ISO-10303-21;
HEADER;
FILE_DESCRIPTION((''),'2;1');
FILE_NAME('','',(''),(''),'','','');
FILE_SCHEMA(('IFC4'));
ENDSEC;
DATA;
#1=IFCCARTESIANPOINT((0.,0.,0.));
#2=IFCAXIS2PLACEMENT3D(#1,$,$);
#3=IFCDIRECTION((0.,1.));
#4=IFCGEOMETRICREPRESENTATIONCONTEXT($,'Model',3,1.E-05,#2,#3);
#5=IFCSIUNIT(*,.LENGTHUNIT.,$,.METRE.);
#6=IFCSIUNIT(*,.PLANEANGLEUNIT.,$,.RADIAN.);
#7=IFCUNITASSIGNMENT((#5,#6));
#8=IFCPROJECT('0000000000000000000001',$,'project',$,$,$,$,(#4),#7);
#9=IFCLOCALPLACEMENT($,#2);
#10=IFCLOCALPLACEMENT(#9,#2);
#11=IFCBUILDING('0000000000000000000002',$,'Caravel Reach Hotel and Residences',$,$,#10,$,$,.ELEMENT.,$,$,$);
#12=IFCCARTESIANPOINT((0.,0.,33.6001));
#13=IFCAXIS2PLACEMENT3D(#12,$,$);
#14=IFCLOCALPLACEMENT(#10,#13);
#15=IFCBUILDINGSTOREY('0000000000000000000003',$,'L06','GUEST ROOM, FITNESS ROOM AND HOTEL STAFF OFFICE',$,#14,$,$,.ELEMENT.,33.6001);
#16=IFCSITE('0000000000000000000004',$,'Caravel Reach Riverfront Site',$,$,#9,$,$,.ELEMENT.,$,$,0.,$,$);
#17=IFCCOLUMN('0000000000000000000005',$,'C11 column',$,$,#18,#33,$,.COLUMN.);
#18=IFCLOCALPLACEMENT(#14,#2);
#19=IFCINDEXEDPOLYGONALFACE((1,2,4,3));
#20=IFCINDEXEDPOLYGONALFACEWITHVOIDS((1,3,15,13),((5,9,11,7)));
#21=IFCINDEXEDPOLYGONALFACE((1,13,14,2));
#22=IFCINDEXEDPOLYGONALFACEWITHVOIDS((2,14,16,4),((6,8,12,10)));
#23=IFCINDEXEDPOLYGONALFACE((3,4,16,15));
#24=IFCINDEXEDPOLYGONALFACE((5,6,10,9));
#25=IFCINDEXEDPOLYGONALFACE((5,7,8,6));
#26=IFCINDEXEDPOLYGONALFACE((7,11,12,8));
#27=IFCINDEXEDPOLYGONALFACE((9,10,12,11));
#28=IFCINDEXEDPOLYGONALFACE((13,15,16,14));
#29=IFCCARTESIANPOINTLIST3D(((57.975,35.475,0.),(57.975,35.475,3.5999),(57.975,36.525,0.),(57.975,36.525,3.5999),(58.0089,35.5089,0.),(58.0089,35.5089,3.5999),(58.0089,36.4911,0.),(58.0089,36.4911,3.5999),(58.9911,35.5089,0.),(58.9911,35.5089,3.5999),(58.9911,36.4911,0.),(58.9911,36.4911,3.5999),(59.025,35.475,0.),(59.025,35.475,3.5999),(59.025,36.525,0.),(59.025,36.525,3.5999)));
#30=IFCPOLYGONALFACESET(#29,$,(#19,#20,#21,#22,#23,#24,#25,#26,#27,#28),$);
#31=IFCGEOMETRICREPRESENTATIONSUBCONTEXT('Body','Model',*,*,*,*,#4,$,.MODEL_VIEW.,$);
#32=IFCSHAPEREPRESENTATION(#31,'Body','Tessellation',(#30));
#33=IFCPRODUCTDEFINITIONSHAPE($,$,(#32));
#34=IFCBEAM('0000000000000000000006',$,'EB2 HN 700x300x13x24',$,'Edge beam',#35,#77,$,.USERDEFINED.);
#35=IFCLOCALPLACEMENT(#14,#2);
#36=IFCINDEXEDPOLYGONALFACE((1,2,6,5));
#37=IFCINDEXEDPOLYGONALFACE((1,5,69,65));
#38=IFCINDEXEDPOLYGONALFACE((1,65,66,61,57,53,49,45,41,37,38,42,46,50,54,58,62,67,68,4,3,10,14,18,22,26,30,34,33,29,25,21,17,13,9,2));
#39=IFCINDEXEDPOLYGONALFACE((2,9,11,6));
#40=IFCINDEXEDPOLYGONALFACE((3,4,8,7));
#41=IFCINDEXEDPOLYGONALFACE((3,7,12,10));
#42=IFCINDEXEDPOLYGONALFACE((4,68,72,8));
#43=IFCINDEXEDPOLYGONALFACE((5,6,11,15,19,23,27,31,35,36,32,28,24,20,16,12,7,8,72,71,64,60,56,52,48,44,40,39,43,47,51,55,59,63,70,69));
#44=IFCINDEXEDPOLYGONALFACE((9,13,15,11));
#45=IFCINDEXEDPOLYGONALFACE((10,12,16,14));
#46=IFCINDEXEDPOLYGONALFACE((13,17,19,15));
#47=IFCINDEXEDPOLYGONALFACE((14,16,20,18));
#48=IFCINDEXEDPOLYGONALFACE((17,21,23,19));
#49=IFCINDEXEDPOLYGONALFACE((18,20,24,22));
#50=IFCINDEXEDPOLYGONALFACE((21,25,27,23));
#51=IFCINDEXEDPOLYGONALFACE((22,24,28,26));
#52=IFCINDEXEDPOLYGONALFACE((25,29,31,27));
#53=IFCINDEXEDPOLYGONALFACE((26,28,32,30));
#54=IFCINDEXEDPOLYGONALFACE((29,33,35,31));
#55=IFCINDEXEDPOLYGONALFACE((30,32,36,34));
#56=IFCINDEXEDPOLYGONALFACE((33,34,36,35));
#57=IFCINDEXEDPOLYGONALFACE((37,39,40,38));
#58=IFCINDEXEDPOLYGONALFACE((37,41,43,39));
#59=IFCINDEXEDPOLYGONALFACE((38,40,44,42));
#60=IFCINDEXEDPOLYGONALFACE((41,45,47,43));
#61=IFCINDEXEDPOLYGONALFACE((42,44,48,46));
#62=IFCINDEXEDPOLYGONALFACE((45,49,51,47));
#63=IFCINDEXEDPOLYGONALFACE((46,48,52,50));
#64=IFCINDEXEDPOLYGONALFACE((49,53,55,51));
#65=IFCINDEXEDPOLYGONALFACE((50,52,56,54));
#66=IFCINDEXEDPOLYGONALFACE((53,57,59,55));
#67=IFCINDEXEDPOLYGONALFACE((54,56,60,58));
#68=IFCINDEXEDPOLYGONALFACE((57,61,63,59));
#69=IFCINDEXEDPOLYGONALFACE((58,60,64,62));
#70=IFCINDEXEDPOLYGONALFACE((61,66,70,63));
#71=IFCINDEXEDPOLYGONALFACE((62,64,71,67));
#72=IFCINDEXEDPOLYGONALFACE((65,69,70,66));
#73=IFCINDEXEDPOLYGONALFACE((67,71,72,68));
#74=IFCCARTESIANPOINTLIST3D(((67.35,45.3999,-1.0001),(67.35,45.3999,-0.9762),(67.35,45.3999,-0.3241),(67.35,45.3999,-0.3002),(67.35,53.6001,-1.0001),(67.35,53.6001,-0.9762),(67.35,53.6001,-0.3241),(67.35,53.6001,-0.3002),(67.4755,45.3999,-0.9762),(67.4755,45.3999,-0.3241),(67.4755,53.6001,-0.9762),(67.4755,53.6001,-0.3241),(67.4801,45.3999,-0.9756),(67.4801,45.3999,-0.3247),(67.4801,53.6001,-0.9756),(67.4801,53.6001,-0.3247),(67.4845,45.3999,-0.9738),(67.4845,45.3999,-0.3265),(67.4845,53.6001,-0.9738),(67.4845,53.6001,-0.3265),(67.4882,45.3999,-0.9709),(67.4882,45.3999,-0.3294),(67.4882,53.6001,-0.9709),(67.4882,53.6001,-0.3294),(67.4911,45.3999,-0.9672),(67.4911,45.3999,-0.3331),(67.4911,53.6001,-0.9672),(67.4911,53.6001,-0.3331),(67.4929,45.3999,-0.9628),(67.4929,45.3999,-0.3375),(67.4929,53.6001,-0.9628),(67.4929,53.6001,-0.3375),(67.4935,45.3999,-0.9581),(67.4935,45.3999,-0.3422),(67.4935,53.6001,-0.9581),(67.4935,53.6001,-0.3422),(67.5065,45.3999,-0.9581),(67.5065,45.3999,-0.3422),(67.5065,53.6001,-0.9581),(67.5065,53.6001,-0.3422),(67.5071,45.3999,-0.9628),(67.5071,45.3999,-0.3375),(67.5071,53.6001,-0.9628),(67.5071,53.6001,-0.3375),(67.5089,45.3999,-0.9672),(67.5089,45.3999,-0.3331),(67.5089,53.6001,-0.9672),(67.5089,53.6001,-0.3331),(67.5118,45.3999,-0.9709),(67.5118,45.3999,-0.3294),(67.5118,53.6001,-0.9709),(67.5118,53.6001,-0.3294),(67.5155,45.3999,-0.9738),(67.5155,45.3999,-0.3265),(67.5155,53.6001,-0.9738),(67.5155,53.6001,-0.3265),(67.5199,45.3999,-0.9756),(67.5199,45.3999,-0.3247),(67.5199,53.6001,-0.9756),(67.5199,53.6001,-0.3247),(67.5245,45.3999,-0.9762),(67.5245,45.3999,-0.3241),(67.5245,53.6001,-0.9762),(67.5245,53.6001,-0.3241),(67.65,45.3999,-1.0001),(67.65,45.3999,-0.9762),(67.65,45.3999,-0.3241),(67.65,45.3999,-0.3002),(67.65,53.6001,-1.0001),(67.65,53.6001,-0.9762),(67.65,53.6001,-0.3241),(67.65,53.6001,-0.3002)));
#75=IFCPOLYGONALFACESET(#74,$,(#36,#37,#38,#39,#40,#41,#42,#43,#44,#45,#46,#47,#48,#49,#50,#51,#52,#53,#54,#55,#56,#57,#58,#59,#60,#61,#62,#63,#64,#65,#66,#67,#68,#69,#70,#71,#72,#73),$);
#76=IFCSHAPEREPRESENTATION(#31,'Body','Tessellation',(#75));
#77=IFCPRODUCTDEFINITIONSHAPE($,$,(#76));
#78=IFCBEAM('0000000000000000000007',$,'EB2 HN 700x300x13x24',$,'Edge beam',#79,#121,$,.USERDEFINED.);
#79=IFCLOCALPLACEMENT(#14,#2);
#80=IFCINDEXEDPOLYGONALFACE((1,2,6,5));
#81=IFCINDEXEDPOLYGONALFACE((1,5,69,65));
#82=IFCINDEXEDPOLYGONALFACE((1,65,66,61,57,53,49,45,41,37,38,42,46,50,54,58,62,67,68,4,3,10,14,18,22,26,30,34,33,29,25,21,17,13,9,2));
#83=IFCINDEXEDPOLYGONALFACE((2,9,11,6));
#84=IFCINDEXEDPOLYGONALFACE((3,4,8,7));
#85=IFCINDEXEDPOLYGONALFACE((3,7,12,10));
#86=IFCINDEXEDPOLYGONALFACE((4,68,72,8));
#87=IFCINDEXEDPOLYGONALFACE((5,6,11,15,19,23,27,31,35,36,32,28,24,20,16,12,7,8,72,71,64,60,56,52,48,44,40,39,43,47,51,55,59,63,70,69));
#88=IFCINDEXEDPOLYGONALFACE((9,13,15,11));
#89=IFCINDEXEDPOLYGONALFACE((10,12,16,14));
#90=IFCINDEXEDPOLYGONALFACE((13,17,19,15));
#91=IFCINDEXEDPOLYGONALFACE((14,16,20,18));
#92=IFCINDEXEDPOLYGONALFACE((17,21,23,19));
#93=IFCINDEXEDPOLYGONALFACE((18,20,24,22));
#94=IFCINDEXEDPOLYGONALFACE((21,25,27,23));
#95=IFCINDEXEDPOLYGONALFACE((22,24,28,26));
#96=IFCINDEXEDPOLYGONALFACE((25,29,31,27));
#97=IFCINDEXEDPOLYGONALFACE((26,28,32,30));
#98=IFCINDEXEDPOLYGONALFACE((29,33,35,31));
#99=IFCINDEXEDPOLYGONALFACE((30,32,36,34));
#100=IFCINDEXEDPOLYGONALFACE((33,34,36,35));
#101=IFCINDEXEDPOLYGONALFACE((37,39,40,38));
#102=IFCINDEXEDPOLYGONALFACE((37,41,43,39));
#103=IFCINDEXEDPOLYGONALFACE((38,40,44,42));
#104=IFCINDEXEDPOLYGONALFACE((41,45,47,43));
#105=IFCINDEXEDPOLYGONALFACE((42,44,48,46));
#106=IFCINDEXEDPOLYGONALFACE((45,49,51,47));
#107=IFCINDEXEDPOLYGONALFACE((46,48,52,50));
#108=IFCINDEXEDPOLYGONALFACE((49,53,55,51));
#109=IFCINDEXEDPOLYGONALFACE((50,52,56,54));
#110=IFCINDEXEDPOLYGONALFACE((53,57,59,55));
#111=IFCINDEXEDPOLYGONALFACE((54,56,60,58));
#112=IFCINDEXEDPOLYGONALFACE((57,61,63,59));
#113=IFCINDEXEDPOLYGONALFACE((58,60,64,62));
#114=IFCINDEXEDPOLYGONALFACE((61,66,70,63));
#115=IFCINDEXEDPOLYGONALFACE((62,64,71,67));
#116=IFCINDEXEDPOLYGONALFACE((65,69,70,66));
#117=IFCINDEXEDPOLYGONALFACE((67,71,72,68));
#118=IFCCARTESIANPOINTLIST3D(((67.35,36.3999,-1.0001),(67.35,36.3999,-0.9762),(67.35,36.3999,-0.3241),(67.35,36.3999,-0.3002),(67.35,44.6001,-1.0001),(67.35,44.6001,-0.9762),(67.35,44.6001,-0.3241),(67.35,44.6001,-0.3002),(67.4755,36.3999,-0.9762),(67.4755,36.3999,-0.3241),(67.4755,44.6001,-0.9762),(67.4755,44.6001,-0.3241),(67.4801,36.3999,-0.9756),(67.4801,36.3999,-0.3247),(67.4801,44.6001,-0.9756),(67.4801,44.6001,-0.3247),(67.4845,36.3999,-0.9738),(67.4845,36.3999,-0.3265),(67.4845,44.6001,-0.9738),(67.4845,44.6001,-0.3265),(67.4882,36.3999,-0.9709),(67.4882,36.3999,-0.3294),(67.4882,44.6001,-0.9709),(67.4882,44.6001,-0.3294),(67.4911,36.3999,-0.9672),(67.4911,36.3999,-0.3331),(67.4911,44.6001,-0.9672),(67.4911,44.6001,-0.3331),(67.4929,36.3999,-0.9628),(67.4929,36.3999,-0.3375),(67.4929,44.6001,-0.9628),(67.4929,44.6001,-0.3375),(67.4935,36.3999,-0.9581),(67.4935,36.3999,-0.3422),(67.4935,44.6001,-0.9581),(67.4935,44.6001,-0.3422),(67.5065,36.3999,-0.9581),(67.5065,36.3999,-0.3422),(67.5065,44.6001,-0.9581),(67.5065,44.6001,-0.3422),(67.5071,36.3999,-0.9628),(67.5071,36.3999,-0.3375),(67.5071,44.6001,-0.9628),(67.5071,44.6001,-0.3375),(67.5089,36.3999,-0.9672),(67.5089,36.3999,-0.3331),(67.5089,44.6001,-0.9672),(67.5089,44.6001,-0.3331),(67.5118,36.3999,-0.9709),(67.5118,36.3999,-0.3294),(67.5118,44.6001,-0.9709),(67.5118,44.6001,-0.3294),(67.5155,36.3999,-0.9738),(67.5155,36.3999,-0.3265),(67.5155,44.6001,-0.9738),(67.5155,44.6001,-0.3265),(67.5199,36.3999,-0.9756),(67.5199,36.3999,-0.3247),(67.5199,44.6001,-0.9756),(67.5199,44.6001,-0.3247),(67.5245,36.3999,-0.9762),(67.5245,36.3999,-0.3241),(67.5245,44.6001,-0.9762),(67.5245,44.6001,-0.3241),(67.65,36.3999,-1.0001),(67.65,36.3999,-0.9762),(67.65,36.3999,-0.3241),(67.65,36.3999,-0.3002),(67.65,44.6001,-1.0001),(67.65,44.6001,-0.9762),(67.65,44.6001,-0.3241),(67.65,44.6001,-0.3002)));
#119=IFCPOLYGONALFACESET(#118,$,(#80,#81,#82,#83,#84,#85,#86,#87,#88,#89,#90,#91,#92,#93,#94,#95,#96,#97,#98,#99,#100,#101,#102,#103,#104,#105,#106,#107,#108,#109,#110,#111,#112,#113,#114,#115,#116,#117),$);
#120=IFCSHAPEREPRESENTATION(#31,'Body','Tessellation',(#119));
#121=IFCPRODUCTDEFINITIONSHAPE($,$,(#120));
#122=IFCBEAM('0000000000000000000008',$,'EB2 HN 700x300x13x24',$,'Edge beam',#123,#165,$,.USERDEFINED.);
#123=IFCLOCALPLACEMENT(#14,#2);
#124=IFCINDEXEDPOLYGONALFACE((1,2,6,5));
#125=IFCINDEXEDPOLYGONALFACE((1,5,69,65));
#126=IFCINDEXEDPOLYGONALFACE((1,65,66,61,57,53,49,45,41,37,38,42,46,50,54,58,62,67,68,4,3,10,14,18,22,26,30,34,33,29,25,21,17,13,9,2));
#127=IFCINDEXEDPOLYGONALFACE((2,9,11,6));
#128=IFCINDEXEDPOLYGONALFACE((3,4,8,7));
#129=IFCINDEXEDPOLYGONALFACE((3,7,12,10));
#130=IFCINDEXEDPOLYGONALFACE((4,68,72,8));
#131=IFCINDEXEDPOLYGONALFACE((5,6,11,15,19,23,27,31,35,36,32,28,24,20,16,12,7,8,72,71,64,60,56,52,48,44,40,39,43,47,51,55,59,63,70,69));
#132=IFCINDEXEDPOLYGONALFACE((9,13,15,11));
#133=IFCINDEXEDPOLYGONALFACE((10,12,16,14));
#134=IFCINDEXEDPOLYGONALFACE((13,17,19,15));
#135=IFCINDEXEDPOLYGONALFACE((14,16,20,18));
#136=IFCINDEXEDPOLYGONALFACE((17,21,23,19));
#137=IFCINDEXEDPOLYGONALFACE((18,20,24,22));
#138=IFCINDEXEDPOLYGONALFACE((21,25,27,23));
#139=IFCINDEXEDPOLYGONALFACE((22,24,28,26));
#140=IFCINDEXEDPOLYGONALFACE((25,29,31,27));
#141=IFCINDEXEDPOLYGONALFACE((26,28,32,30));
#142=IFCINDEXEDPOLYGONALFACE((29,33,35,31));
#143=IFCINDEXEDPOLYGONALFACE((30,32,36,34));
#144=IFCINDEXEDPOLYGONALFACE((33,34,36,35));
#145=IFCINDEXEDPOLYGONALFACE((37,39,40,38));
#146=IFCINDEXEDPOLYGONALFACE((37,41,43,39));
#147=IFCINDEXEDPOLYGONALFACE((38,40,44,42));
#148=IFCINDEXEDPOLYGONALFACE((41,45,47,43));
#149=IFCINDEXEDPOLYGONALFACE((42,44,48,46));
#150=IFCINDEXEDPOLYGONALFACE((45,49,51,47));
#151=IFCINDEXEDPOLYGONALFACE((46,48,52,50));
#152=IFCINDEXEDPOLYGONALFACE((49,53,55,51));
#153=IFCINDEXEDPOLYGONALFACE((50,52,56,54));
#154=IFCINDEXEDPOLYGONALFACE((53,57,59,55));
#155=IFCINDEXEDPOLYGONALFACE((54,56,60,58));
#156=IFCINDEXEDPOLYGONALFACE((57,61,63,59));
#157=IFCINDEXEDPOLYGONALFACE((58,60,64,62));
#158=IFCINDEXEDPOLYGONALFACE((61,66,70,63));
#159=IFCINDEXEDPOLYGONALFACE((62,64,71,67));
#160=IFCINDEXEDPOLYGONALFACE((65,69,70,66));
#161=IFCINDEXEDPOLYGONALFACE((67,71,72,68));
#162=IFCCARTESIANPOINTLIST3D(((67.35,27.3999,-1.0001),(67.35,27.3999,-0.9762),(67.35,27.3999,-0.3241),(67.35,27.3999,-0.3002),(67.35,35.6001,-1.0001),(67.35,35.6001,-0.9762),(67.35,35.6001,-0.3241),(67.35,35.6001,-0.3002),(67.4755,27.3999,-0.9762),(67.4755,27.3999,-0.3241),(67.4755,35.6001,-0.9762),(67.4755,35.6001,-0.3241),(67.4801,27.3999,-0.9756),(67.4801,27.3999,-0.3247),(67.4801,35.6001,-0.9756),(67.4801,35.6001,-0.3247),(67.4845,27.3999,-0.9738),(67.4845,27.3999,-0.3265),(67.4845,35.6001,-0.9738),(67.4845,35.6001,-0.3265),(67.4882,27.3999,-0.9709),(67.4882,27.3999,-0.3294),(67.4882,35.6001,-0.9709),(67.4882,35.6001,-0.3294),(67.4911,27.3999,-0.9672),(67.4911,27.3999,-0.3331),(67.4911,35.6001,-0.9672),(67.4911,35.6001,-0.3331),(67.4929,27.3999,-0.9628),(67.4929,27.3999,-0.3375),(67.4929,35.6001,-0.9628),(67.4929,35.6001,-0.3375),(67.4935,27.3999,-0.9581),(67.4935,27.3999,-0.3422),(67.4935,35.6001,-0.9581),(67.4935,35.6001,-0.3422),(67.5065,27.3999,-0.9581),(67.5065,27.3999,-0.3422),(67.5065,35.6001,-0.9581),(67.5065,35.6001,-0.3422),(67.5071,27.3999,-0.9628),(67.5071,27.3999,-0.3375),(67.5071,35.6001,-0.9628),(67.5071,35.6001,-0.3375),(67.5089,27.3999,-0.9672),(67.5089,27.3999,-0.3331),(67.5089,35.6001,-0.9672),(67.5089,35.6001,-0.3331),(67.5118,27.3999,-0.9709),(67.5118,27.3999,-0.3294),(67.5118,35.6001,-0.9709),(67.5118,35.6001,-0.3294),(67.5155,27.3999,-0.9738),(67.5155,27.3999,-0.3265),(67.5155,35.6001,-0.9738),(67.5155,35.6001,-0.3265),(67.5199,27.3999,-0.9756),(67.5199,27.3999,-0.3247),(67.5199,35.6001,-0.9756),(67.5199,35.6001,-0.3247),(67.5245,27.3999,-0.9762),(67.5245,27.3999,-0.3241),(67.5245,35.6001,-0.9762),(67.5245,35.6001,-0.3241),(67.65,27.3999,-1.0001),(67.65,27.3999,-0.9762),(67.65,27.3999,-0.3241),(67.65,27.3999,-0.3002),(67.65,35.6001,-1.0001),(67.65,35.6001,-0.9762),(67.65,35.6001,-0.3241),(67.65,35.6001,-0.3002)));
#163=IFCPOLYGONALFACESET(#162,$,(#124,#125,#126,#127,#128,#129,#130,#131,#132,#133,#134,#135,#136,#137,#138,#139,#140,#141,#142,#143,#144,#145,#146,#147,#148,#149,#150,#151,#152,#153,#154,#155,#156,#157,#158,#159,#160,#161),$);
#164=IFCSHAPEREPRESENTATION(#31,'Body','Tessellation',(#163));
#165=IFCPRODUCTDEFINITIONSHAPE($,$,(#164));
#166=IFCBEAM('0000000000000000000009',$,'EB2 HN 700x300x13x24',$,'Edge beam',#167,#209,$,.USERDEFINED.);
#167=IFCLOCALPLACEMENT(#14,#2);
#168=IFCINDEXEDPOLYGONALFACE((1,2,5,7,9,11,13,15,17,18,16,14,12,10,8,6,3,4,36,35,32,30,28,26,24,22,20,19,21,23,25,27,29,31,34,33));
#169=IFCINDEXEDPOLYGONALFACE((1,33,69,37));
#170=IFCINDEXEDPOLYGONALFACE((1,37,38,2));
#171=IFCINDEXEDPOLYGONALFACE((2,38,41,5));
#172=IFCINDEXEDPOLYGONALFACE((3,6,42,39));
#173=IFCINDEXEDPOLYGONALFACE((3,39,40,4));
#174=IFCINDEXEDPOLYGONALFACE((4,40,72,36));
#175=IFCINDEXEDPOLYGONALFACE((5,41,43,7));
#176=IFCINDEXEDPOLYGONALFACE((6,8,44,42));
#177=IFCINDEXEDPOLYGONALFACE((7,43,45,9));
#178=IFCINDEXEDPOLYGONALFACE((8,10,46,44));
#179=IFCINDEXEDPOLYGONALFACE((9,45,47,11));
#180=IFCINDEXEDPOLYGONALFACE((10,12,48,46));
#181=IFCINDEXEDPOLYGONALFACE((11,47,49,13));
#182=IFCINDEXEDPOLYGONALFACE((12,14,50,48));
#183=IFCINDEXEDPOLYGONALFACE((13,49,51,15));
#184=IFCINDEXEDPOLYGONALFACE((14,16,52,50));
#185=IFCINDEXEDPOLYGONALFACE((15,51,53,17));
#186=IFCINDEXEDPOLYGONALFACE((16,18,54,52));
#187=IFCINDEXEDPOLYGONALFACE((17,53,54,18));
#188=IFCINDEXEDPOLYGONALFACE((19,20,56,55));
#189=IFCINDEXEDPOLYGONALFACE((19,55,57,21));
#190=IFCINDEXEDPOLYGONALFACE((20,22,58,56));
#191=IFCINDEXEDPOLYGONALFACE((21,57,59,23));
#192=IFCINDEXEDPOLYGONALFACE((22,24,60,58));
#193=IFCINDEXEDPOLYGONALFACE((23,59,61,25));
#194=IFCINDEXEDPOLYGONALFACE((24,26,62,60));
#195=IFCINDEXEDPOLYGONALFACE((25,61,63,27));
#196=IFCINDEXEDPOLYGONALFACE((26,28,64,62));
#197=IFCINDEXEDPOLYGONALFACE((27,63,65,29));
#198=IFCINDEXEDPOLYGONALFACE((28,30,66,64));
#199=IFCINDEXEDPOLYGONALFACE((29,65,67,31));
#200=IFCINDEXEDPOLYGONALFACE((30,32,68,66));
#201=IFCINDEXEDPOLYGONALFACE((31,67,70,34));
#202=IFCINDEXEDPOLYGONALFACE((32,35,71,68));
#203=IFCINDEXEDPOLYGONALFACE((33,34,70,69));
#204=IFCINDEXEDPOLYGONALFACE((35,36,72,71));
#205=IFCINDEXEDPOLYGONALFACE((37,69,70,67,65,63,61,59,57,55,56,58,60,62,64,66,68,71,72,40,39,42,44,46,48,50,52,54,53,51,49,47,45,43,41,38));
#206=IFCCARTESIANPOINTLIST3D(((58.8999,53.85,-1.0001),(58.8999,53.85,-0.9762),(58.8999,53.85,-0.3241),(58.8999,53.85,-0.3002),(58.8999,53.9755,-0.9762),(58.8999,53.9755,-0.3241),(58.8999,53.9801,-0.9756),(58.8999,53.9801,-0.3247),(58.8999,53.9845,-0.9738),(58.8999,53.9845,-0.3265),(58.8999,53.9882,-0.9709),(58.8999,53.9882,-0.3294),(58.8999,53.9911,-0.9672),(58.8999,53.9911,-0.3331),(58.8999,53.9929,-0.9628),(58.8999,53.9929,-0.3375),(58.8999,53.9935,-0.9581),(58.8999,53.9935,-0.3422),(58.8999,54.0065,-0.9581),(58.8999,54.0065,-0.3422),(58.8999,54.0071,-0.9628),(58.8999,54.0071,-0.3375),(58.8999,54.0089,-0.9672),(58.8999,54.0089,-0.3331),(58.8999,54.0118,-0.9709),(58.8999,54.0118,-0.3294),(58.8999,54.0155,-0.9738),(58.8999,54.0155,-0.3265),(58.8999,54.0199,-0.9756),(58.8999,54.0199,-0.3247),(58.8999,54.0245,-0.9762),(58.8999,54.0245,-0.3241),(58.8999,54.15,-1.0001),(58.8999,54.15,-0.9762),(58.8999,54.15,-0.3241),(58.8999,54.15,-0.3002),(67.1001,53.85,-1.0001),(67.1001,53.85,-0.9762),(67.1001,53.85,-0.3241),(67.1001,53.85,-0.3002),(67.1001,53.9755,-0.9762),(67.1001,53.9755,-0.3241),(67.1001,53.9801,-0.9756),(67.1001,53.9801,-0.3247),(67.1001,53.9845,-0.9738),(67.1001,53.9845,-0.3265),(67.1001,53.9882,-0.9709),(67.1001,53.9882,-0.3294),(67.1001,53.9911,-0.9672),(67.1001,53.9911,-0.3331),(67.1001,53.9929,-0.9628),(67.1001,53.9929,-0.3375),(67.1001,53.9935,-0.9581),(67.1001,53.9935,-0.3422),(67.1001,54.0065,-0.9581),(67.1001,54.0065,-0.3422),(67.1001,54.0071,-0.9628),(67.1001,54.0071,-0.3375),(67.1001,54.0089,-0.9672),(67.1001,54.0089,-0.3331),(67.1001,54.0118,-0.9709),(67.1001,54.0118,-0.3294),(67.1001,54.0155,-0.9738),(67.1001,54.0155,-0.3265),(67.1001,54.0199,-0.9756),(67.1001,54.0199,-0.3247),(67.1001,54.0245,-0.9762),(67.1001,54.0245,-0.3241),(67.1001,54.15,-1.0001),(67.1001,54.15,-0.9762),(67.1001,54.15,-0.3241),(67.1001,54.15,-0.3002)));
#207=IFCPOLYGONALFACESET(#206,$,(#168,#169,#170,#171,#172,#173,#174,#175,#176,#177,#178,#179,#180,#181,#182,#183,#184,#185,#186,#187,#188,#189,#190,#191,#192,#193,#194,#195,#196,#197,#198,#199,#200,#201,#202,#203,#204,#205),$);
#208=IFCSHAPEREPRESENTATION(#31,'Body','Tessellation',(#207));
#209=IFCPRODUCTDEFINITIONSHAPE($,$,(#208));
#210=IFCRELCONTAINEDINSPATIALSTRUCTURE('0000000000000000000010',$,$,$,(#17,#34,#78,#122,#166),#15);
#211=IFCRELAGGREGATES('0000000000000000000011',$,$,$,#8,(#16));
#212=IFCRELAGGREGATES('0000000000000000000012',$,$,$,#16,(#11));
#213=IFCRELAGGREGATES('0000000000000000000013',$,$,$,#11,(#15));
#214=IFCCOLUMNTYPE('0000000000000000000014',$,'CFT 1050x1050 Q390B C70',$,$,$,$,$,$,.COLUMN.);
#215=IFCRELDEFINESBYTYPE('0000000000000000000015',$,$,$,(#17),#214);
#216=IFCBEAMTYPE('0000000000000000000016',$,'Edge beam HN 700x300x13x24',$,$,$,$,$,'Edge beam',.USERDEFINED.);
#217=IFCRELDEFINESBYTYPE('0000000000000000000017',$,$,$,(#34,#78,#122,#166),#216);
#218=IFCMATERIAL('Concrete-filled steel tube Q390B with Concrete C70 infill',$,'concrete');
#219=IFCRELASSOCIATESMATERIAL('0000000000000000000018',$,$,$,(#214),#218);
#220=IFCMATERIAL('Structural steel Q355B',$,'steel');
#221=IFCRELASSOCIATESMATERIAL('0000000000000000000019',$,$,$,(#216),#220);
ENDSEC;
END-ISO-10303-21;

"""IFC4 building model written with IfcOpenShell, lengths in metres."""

from ifc_helpers import new_model, si_unit, direction, frame, origin, origin_2d, place, context, subcontext, project, spatial, hollow_rectangle, i_section, extrude, material, material_profile, profile_set, type_object, element, save


model = new_model("IFC4")

# Units and contexts
model_context = context("Model", 3, precision=1e-05, world=origin(), true_north=direction((0.0, 1.0)))
body_context = subcontext(model_context, "Body", "Model", "MODEL_VIEW")
ifc_project = project(units=[si_unit("LENGTHUNIT", "METRE"), si_unit("PLANEANGLEUNIT", "RADIAN")], contexts=[model_context])

# Site, building, storey
site_placement = place(None, origin())
site = spatial("IfcSite", under=ifc_project, at=site_placement, Name="Caravel Reach Riverfront Site", CompositionType="ELEMENT", RefElevation=0.0)
building_placement = place(site_placement, origin())
building = spatial("IfcBuilding", under=site, at=building_placement, Name="Caravel Reach Hotel and Residences", CompositionType="ELEMENT")
storey_placement = place(building_placement, frame((0.0, 0.0, 33.6001)))
storey = spatial("IfcBuildingStorey", under=building, at=storey_placement, Name="L06", Description="GUEST ROOM, FITNESS ROOM AND HOTEL STAFF OFFICE", CompositionType="ELEMENT", Elevation=33.6001)

# Column
ifc_material_1 = material(Name="Concrete-filled steel tube Q390B with Concrete C70 infill", Category="concrete")
ifc_material_profile_1 = material_profile(ifc_material_1, hollow_rectangle(XDim=1.05, YDim=1.05, WallThickness=0.0339, at=origin_2d()), Name="RHS 1050x1050x34")
ifc_profile_set_1 = profile_set([ifc_material_profile_1], Name="Concrete-filled steel tube Q390B with Concrete C70 infill")
column_type = type_object("IfcColumnType", Name="CFT 1050x1050 Q390B C70", PredefinedType="COLUMN", material=ifc_profile_set_1)
column_placement = place(storey_placement, frame((58.5, 36.0, 0.0), z_axis=(0.0, 0.0, 1.0), x_axis=(1.0, 0.0, 0.0)))
element("IfcColumn", 1, at=column_placement, inside=storey, type_object=column_type, Name="C11 column", PredefinedType="COLUMN", context=body_context, shape_type="SweptSolid", body=[
    extrude(hollow_rectangle(XDim=1.05, YDim=1.05, WallThickness=0.0339, at=origin_2d()), origin(), (0.0, 0.0, 1.0), 3.5999),
])

# Beams
ifc_material_2 = material(Name="Structural steel Q355B", Category="steel")
ifc_material_profile_2 = material_profile(ifc_material_2, i_section(OverallWidth=0.3, OverallDepth=0.7, WebThickness=0.0129, FlangeThickness=0.0239, FilletRadius=0.0181, at=origin_2d()), Name="HN 700x300x13x24")
ifc_profile_set_2 = profile_set([ifc_material_profile_2], Name="Structural steel Q355B")
beam_type_1 = type_object("IfcBeamType", Name="Edge beam HN 700x300x13x24", ElementType="Edge beam", PredefinedType="USERDEFINED", material=ifc_profile_set_2)
for number, where, z_axis, x_axis, name in (
    (2, (67.5, 53.6001, -0.6501), (0.0, -1.0, 0.0), (1.0, 0.0, 0.0), "EB2 HN 700x300x13x24"),
    (3, (67.5, 44.6001, -0.6501), (0.0, -1.0, 0.0), (1.0, 0.0, 0.0), "EB2 HN 700x300x13x24"),
    (4, (67.5, 35.6001, -0.6501), (0.0, -1.0, 0.0), (1.0, 0.0, 0.0), "EB2 HN 700x300x13x24"),
    (5, (58.8999, 54.0, -0.6501), (1.0, 0.0, 0.0), (0.0, 1.0, 0.0), "EB2 HN 700x300x13x24"),
):
    element("IfcBeam", number, at=place(storey_placement, frame(where, z_axis=z_axis, x_axis=x_axis)), inside=storey, type_object=beam_type_1, Name=name, ObjectType="Edge beam", PredefinedType="USERDEFINED", context=body_context, shape_type="SweptSolid", body=[
        extrude(i_section(OverallWidth=0.3, OverallDepth=0.7, WebThickness=0.0129, FlangeThickness=0.0239, FilletRadius=0.0181, at=origin_2d()), origin(), (0.0, 0.0, 1.0), 8.2002),
    ])

save(model, "model.ifc")
